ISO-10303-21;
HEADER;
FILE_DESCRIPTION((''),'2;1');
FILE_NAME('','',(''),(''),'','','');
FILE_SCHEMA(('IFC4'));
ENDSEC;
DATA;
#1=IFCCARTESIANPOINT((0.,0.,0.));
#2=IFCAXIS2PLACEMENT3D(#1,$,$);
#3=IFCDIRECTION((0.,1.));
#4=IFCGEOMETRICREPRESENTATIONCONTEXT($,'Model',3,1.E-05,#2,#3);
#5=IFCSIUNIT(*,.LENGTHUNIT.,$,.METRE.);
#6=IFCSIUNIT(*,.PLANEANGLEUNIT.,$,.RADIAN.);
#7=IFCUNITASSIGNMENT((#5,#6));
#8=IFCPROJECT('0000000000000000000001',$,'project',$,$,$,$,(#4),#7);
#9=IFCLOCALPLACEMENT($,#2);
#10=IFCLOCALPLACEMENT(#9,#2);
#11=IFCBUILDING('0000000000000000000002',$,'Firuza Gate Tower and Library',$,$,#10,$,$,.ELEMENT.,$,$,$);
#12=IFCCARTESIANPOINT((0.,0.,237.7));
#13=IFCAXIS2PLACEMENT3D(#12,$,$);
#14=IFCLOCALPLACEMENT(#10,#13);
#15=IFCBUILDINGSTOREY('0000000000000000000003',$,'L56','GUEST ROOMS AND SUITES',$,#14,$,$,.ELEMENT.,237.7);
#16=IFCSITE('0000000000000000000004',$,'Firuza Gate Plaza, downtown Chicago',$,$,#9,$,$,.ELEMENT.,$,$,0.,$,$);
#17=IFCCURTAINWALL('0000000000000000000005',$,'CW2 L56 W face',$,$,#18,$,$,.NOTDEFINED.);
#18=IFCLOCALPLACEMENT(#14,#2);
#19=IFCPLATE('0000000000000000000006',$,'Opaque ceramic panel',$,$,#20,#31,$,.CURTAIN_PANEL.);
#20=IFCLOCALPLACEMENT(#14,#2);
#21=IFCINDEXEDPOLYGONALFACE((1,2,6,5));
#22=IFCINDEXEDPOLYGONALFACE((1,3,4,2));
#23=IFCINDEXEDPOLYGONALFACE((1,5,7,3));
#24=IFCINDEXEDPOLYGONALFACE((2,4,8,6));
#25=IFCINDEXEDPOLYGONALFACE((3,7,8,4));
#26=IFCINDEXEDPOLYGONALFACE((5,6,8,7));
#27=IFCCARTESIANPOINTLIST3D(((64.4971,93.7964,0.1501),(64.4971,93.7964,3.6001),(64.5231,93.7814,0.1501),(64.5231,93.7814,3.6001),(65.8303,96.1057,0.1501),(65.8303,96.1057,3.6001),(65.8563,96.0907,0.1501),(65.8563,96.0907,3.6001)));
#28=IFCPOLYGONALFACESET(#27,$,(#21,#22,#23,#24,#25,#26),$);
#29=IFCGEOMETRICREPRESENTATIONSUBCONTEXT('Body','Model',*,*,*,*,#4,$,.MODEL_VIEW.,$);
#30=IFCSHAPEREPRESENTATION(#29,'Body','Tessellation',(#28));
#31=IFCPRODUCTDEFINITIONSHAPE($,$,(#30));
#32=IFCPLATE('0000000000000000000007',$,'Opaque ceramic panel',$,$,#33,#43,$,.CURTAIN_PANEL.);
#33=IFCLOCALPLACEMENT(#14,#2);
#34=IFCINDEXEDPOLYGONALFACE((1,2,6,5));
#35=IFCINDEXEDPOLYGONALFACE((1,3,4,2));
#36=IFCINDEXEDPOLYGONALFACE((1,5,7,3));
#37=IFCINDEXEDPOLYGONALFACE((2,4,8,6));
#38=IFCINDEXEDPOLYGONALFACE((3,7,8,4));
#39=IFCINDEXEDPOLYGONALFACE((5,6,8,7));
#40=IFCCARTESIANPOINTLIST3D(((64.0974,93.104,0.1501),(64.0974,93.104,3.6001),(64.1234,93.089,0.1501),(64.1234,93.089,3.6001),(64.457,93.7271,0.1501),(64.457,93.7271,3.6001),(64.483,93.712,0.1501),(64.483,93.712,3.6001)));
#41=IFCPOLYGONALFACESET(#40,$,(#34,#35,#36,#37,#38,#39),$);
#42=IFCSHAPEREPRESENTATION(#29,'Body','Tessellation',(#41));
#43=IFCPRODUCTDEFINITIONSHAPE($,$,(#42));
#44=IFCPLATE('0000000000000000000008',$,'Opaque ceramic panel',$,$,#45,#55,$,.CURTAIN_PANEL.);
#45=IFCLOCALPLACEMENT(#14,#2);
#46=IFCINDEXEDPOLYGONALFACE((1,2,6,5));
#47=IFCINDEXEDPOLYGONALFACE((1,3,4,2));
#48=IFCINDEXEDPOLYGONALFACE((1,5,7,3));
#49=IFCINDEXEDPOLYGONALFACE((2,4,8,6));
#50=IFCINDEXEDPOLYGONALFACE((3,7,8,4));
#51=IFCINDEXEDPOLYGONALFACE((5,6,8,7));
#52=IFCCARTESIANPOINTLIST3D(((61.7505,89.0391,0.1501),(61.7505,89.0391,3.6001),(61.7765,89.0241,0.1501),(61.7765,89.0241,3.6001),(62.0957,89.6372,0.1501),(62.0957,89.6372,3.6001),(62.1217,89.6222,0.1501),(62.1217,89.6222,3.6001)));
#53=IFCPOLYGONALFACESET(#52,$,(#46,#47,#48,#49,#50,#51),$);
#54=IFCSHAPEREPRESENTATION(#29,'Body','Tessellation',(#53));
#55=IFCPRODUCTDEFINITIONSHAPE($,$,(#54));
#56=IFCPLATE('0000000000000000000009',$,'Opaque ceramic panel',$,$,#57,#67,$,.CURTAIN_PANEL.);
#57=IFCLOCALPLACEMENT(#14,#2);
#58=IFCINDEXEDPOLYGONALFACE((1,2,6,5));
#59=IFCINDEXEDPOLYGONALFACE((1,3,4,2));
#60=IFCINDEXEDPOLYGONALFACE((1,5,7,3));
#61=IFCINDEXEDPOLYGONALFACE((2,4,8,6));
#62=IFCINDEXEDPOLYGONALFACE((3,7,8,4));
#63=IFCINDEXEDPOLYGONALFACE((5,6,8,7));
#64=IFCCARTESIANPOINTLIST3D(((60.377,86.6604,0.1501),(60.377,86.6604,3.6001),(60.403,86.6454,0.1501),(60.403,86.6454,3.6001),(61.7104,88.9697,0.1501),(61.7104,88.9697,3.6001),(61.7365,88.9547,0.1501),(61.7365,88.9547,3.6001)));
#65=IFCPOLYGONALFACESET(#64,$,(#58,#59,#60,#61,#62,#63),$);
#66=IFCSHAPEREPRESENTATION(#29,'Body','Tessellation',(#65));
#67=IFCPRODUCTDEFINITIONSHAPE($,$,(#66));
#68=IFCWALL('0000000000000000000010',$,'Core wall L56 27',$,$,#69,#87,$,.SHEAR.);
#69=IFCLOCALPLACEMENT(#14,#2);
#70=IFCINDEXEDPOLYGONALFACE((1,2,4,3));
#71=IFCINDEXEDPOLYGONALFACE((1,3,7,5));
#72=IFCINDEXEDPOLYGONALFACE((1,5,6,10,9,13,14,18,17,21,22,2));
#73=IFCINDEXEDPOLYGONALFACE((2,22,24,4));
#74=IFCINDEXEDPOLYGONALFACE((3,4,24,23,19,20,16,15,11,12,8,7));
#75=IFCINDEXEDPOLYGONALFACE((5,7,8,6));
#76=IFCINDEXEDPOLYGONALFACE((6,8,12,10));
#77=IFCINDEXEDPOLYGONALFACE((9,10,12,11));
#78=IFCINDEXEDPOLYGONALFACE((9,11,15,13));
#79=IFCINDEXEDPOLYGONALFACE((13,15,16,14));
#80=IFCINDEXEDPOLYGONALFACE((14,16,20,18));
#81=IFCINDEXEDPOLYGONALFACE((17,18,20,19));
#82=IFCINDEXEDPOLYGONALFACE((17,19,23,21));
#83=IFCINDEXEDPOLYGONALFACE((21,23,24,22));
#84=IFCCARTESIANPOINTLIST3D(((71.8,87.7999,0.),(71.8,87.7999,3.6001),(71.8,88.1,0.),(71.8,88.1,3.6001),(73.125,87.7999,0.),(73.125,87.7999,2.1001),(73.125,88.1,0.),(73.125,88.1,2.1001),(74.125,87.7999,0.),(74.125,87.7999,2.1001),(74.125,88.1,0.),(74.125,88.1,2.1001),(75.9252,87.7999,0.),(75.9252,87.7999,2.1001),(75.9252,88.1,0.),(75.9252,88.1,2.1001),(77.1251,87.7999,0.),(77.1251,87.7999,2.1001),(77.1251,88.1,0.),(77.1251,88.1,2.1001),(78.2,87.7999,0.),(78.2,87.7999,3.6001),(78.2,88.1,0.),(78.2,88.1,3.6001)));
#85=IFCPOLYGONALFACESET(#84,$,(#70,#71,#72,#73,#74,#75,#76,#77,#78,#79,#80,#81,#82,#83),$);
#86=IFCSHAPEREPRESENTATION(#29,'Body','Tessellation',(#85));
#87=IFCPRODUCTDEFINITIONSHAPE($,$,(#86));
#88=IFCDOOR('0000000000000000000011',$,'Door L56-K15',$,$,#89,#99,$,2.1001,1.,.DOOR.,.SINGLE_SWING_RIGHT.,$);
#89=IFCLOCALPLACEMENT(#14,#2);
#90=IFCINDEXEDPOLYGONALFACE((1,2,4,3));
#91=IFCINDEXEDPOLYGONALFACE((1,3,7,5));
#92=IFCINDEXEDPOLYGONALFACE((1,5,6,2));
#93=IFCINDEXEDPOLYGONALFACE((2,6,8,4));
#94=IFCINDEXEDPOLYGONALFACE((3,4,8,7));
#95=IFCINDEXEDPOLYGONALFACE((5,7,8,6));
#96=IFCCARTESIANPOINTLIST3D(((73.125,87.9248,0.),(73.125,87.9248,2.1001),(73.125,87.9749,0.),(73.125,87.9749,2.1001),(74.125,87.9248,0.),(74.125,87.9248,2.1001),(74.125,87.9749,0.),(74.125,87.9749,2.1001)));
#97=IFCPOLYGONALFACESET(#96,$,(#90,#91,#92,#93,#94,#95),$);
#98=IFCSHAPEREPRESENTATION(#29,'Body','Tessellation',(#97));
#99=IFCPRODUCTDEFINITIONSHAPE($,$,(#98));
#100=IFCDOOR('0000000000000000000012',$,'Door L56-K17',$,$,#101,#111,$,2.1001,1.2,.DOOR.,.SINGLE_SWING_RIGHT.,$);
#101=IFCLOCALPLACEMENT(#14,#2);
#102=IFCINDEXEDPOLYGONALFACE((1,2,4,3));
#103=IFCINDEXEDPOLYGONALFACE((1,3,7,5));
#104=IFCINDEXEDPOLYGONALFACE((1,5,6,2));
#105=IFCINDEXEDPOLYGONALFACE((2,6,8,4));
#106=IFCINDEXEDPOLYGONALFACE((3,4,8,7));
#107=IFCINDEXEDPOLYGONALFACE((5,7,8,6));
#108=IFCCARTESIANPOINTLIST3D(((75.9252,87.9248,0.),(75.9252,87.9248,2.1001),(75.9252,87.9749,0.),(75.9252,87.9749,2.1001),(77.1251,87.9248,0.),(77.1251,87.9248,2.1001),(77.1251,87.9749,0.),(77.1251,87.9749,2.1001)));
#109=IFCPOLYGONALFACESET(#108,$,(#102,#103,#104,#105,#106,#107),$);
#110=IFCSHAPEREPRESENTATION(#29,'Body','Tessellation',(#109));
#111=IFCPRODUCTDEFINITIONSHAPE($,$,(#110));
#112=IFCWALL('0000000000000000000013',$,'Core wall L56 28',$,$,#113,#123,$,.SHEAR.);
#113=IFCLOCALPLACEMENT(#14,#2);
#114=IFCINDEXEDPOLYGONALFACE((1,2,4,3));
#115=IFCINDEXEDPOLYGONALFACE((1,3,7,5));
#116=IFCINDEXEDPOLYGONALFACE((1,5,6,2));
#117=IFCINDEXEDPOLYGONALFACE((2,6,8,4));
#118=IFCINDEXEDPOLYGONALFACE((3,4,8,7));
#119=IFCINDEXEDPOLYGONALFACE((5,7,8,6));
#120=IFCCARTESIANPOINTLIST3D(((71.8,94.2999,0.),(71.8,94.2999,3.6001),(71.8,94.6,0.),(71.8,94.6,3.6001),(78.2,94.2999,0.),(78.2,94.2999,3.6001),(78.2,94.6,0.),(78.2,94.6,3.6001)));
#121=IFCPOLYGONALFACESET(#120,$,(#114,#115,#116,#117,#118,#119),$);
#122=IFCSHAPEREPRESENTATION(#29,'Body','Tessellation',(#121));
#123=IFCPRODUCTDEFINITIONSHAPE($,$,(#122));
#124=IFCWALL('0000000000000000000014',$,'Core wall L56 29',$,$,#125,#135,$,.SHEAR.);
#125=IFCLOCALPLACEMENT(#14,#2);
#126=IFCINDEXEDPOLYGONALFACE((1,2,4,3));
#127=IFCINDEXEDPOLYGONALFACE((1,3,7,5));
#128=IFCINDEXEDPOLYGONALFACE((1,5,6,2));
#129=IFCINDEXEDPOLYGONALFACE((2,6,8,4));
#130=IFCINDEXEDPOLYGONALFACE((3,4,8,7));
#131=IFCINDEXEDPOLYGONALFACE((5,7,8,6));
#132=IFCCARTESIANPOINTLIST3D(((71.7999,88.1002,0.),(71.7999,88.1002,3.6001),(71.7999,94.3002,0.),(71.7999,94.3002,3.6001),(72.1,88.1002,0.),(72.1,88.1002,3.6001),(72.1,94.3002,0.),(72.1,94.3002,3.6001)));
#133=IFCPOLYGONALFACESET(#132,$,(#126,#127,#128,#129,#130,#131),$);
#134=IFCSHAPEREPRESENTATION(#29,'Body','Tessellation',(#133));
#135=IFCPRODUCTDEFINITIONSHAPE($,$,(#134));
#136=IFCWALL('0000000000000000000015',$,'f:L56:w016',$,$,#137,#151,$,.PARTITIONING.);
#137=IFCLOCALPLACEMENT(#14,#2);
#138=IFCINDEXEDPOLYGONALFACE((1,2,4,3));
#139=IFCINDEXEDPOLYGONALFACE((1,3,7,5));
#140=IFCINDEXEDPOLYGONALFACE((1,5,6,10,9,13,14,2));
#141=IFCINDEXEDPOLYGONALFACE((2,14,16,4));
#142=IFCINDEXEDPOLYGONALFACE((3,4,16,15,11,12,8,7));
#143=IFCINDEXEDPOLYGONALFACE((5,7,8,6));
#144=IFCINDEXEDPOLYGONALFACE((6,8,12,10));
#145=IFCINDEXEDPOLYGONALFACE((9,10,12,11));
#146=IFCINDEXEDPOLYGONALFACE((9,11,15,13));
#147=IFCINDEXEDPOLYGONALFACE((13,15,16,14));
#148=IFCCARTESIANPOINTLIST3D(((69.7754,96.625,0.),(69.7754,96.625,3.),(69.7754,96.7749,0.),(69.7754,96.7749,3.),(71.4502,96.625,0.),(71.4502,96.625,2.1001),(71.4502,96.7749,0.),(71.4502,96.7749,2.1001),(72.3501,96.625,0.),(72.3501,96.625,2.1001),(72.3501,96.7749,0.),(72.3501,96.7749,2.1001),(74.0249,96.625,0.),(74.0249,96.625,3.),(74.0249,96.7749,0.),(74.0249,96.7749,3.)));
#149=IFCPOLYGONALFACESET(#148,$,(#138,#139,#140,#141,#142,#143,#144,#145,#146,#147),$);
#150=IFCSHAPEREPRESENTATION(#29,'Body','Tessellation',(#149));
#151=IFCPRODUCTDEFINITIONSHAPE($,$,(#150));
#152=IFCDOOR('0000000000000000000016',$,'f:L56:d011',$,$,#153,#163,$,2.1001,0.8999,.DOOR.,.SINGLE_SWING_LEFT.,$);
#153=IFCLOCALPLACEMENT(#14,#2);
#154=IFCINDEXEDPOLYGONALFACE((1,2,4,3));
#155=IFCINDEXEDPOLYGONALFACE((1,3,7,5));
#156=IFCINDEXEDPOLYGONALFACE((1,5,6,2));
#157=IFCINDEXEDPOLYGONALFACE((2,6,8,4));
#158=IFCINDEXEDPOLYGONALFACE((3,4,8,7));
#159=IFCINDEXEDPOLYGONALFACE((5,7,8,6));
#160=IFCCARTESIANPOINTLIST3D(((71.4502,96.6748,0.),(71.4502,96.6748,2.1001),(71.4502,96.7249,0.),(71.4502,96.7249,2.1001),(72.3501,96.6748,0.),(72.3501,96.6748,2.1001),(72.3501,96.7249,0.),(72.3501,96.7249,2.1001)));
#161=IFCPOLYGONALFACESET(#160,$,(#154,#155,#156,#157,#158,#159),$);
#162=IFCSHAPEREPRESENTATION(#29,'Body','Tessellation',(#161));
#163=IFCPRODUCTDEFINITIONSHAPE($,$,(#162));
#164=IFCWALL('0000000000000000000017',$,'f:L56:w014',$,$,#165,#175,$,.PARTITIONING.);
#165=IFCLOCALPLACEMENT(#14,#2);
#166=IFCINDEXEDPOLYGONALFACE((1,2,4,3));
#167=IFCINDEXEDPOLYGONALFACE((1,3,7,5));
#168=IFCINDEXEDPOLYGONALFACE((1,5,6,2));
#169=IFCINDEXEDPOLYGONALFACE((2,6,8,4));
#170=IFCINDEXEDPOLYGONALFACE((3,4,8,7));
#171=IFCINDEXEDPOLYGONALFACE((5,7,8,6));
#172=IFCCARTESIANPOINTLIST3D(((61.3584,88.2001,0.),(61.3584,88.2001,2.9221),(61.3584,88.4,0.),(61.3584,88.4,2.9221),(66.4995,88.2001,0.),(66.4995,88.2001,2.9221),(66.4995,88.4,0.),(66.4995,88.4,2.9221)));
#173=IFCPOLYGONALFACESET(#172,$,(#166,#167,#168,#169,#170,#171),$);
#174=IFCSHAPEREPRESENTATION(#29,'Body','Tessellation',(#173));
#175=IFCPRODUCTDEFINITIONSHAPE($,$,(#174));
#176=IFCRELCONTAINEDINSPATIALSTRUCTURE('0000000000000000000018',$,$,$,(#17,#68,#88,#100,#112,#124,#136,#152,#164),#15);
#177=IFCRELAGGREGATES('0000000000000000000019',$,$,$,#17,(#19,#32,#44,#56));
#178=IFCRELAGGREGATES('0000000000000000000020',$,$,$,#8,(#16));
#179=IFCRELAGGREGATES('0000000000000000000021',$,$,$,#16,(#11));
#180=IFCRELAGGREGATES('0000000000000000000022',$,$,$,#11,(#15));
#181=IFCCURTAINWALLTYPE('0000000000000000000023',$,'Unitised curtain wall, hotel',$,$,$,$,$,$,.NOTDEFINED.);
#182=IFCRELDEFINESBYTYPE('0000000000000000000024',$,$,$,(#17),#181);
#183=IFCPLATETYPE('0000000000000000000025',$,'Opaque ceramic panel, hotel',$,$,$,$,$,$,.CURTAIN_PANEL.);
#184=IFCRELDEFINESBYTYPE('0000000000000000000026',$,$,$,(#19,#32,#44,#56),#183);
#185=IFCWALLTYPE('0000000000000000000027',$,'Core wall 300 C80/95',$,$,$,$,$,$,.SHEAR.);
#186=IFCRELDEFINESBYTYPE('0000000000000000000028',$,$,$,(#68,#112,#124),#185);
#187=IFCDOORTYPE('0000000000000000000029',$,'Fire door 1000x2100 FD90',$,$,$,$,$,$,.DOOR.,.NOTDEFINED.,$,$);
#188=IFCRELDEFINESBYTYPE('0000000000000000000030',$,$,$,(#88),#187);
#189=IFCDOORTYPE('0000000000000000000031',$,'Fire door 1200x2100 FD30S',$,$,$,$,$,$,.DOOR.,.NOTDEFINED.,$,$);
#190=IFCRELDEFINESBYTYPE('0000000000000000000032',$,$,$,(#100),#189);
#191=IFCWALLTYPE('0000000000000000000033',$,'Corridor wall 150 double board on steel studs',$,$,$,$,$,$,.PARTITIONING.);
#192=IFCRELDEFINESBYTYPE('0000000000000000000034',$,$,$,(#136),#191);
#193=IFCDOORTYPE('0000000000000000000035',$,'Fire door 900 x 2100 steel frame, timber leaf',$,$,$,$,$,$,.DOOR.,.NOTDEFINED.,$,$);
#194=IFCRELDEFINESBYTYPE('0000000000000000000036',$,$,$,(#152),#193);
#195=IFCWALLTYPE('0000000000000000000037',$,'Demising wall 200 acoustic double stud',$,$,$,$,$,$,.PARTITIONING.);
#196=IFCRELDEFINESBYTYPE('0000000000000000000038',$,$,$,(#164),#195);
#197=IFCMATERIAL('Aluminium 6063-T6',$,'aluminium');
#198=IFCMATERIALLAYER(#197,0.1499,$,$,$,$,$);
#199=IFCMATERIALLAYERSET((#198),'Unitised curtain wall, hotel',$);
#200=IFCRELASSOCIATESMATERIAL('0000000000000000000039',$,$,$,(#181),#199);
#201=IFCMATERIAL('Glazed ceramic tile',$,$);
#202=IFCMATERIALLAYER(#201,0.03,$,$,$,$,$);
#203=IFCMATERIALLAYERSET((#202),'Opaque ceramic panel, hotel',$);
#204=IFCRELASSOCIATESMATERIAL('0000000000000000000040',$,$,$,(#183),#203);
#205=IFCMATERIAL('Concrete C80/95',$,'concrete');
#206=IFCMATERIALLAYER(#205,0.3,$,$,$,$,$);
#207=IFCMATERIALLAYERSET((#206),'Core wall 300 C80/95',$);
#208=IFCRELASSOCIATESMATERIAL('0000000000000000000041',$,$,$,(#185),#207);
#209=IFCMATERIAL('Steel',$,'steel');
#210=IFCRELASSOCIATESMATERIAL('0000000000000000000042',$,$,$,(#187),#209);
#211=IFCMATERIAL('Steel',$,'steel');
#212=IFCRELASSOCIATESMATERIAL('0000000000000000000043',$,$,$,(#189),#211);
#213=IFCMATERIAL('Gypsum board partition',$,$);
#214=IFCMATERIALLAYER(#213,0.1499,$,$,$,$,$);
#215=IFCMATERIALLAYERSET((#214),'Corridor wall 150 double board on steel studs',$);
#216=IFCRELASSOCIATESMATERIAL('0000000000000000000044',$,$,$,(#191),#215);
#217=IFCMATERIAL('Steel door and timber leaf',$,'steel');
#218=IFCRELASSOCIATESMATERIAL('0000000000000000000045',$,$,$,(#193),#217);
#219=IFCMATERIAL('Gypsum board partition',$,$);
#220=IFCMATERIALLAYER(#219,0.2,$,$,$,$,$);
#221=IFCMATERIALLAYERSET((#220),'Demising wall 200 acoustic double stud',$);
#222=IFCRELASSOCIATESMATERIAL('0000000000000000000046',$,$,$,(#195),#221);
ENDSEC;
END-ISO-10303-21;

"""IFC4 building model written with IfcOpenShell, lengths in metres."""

from ifc_helpers import new_model, si_unit, direction, frame, frame_2d, origin, place, context, subcontext, project, spatial, polyline, rectangle, outline, extrude, material, layer, layer_set, type_object, element, fill, aggregate, save


model = new_model("IFC4")

# Units and contexts
model_context = context("Model", 3, precision=1e-05, world=origin(), true_north=direction((0.0, 1.0)))
body_context = subcontext(model_context, "Body", "Model", "MODEL_VIEW")
ifc_project = project(units=[si_unit("LENGTHUNIT", "METRE"), si_unit("PLANEANGLEUNIT", "RADIAN")], contexts=[model_context])

# Site, building, storey
site_placement = place(None, origin())
site = spatial("IfcSite", under=ifc_project, at=site_placement, Name="Firuza Gate Plaza, downtown Chicago", CompositionType="ELEMENT", RefElevation=0.0)
building_placement = place(site_placement, origin())
building = spatial("IfcBuilding", under=site, at=building_placement, Name="Firuza Gate Tower and Library", CompositionType="ELEMENT")
storey_placement = place(building_placement, frame((0.0, 0.0, 237.7)))
storey = spatial("IfcBuildingStorey", under=building, at=storey_placement, Name="L56", Description="GUEST ROOMS AND SUITES", CompositionType="ELEMENT", Elevation=237.7)

# Curtain wall
ifc_material_1 = material(Name="Aluminium 6063-T6", Category="aluminium")
ifc_layer_1 = layer(ifc_material_1, 0.1499)
ifc_layer_set_1 = layer_set([ifc_layer_1], Name="Unitised curtain wall, hotel")
curtain_wall_type = type_object("IfcCurtainWallType", Name="Unitised curtain wall, hotel", PredefinedType="NOTDEFINED", material=ifc_layer_set_1)
placement = place(storey_placement, origin())
curtain_wall = element("IfcCurtainWall", 1, at=placement, inside=storey, type_object=curtain_wall_type, Name="CW2 L56 W face", PredefinedType="NOTDEFINED")

# Plates
ifc_material_2 = material(Name="Glazed ceramic tile")
ifc_layer_2 = layer(ifc_material_2, 0.03)
ifc_layer_set_2 = layer_set([ifc_layer_2], Name="Opaque ceramic panel, hotel")
plate_type_1 = type_object("IfcPlateType", Name="Opaque ceramic panel, hotel", PredefinedType="CURTAIN_PANEL", material=ifc_layer_set_2)
plate_1_placement = place(storey_placement, frame((65.8303, 96.1057, 0.1501), z_axis=(-0.866032, 0.499989, 0.0), x_axis=(-0.499989, -0.866032, 0.0)))
plate_1 = element("IfcPlate", 2, at=plate_1_placement, type_object=plate_type_1, Name="Opaque ceramic panel", PredefinedType="CURTAIN_PANEL", context=body_context, shape_type="SweptSolid", body=[
    extrude(outline(polyline([(0.0, 0.0), (2.6666, 0.0), (2.6666, 3.45), (0.0, 3.45), (0.0, 0.0)])), origin(), (0.0, 0.0, -1.0), 0.03),
])
plate_2_placement = place(storey_placement, frame((64.457, 93.7271, 0.1501), z_axis=(-0.866084, 0.499899, 0.0), x_axis=(-0.499899, -0.866084, 0.0)))
plate_2 = element("IfcPlate", 3, at=plate_2_placement, type_object=plate_type_1, Name="Opaque ceramic panel", PredefinedType="CURTAIN_PANEL", context=body_context, shape_type="SweptSolid", body=[
    extrude(outline(polyline([(0.0, 0.0), (0.7194, 0.0), (0.7194, 3.45), (0.0, 3.45), (0.0, 0.0)])), origin(), (0.0, 0.0, -1.0), 0.03),
])
plate_3_placement = place(storey_placement, frame((62.0957, 89.6372, 0.1501), z_axis=(-0.866103, 0.499865, 0.0), x_axis=(-0.499865, -0.866103, 0.0)))
plate_3 = element("IfcPlate", 4, at=plate_3_placement, type_object=plate_type_1, Name="Opaque ceramic panel", PredefinedType="CURTAIN_PANEL", context=body_context, shape_type="SweptSolid", body=[
    extrude(outline(polyline([(0.0, 0.0), (0.6906, 0.0), (0.6906, 3.45), (0.0, 3.45), (0.0, 0.0)])), origin(), (0.0, 0.0, -1.0), 0.03),
])
plate_4_placement = place(storey_placement, frame((61.7104, 88.9697, 0.1501), z_axis=(-0.865992, 0.500058, 0.0), x_axis=(-0.500058, -0.865992, 0.0)))
plate_4 = element("IfcPlate", 5, at=plate_4_placement, type_object=plate_type_1, Name="Opaque ceramic panel", PredefinedType="CURTAIN_PANEL", context=body_context, shape_type="SweptSolid", body=[
    extrude(outline(polyline([(0.0, 0.0), (2.6667, 0.0), (2.6667, 3.45), (0.0, 3.45), (0.0, 0.0)])), origin(), (0.0, 0.0, -1.0), 0.03),
])
aggregate(curtain_wall, [plate_1, plate_2, plate_3, plate_4])

# Wall, openings, doors
ifc_material_3 = material(Name="Concrete C80/95", Category="concrete")
ifc_layer_3 = layer(ifc_material_3, 0.3)
ifc_layer_set_3 = layer_set([ifc_layer_3], Name="Core wall 300 C80/95")
wall_type_1 = type_object("IfcWallType", Name="Core wall 300 C80/95", PredefinedType="SHEAR", material=ifc_layer_set_3)
wall_1_placement = place(storey_placement, frame((71.8, 87.95, 0.0), z_axis=(0.0, 0.0, 1.0), x_axis=(1.0, 0.0, 0.0)))
wall_1 = element("IfcWall", 6, at=wall_1_placement, inside=storey, type_object=wall_type_1, Name="Core wall L56 27", PredefinedType="SHEAR", context=body_context, shape_type="SweptSolid", body=[
    extrude(rectangle(XDim=6.3999, YDim=0.3, at=frame_2d((3.2, 0.0))), origin(), (0.0, 0.0, 1.0), 3.6001),
])
opening_1_placement = place(wall_1_placement, frame((1.325, 0.0, 0.0)))
opening_1 = element("IfcOpeningElement", 7, at=opening_1_placement, cuts=wall_1, PredefinedType="OPENING", context=body_context, shape_type="SweptSolid", body=[
    extrude(rectangle(XDim=1.0, YDim=2.1001, at=frame_2d((0.5, 1.05))), frame((0.0, 0.1602, 0.0), z_axis=(0.0, -1.0, 0.0), x_axis=(1.0, 0.0, 0.0)), (0.0, 0.0, 1.0), 0.3201),
])
opening_2_placement = place(wall_1_placement, frame((4.125, 0.0, 0.0)))
opening_2 = element("IfcOpeningElement", 8, at=opening_2_placement, cuts=wall_1, PredefinedType="OPENING", context=body_context, shape_type="SweptSolid", body=[
    extrude(rectangle(XDim=1.2, YDim=2.1001, at=frame_2d((0.6001, 1.05))), frame((0.0, 0.1602, 0.0), z_axis=(0.0, -1.0, 0.0), x_axis=(1.0, 0.0, 0.0)), (0.0, 0.0, 1.0), 0.3201),
])
ifc_material_4 = material(Name="Steel", Category="steel")
door_type_1 = type_object("IfcDoorType", Name="Fire door 1000x2100 FD90", OperationType="NOTDEFINED", PredefinedType="DOOR", material=ifc_material_4)
door_1_placement = place(opening_1_placement, origin())
door_1 = element("IfcDoor", 9, at=door_1_placement, inside=storey, type_object=door_type_1, Name="Door L56-K15", OperationType="SINGLE_SWING_RIGHT", OverallHeight=2.1001, OverallWidth=1.0, PredefinedType="DOOR", context=body_context, shape_type="SweptSolid", body=[
    extrude(rectangle(XDim=1.0, YDim=2.1001, at=frame_2d((0.5, 1.05))), frame((0.0, 0.0249, 0.0), z_axis=(0.0, -1.0, 0.0), x_axis=(1.0, 0.0, 0.0)), (0.0, 0.0, 1.0), 0.05),
])
fill(opening_1, door_1)
ifc_material_5 = material(Name="Steel", Category="steel")
door_type_2 = type_object("IfcDoorType", Name="Fire door 1200x2100 FD30S", OperationType="NOTDEFINED", PredefinedType="DOOR", material=ifc_material_5)
door_2_placement = place(opening_2_placement, origin())
door_2 = element("IfcDoor", 10, at=door_2_placement, inside=storey, type_object=door_type_2, Name="Door L56-K17", OperationType="SINGLE_SWING_RIGHT", OverallHeight=2.1001, OverallWidth=1.2, PredefinedType="DOOR", context=body_context, shape_type="SweptSolid", body=[
    extrude(rectangle(XDim=1.2, YDim=2.1001, at=frame_2d((0.6001, 1.05))), frame((0.0, 0.0249, 0.0), z_axis=(0.0, -1.0, 0.0), x_axis=(1.0, 0.0, 0.0)), (0.0, 0.0, 1.0), 0.05),
])
fill(opening_2, door_2)

# Walls
wall_2_placement = place(storey_placement, frame((71.8, 94.45, 0.0), z_axis=(0.0, 0.0, 1.0), x_axis=(1.0, 0.0, 0.0)))
element("IfcWall", 11, at=wall_2_placement, inside=storey, type_object=wall_type_1, Name="Core wall L56 28", PredefinedType="SHEAR", context=body_context, shape_type="SweptSolid", body=[
    extrude(rectangle(XDim=6.3999, YDim=0.3, at=frame_2d((3.2, 0.0))), origin(), (0.0, 0.0, 1.0), 3.6001),
])
wall_3_placement = place(storey_placement, frame((71.95, 88.1001, 0.0), z_axis=(0.0, 0.0, 1.0), x_axis=(0.0, 1.0, 0.0)))
element("IfcWall", 12, at=wall_3_placement, inside=storey, type_object=wall_type_1, Name="Core wall L56 29", PredefinedType="SHEAR", context=body_context, shape_type="SweptSolid", body=[
    extrude(rectangle(XDim=6.2, YDim=0.3, at=frame_2d((3.1001, 0.0))), origin(), (0.0, 0.0, 1.0), 3.6001),
])

# Wall, opening, door
ifc_material_6 = material(Name="Gypsum board partition")
ifc_layer_4 = layer(ifc_material_6, 0.1499)
ifc_layer_set_4 = layer_set([ifc_layer_4], Name="Corridor wall 150 double board on steel studs")
wall_type_2 = type_object("IfcWallType", Name="Corridor wall 150 double board on steel studs", PredefinedType="PARTITIONING", material=ifc_layer_set_4)
wall_4_placement = place(storey_placement, frame((69.7754, 96.7, 0.0), z_axis=(0.0, 0.0, 1.0), x_axis=(1.0, 0.0, 0.0)))
wall_4 = element("IfcWall", 13, at=wall_4_placement, inside=storey, type_object=wall_type_2, Name="f:L56:w016", PredefinedType="PARTITIONING", context=body_context, shape_type="SweptSolid", body=[
    extrude(rectangle(XDim=4.2495, YDim=0.1499, at=frame_2d((2.1248, 0.0))), origin(), (0.0, 0.0, 1.0), 3.0),
])
opening_3_placement = place(wall_4_placement, frame((1.6748, 0.0, 0.0)))
opening_3 = element("IfcOpeningElement", 14, at=opening_3_placement, cuts=wall_4, PredefinedType="OPENING", context=body_context, shape_type="SweptSolid", body=[
    extrude(rectangle(XDim=0.8999, YDim=2.1001, at=frame_2d((0.45, 1.05))), frame((0.0, 0.085, 0.0), z_axis=(0.0, -1.0, 0.0), x_axis=(1.0, 0.0, 0.0)), (0.0, 0.0, 1.0), 0.1699),
])
ifc_material_7 = material(Name="Steel door and timber leaf", Category="steel")
door_type_3 = type_object("IfcDoorType", Name="Fire door 900 x 2100 steel frame, timber leaf", OperationType="NOTDEFINED", PredefinedType="DOOR", material=ifc_material_7)
door_3_placement = place(opening_3_placement, origin())
door_3 = element("IfcDoor", 15, at=door_3_placement, inside=storey, type_object=door_type_3, Name="f:L56:d011", OperationType="SINGLE_SWING_LEFT", OverallHeight=2.1001, OverallWidth=0.8999, PredefinedType="DOOR", context=body_context, shape_type="SweptSolid", body=[
    extrude(rectangle(XDim=0.8999, YDim=2.1001, at=frame_2d((0.45, 1.05))), frame((0.0, 0.0249, 0.0), z_axis=(0.0, -1.0, 0.0), x_axis=(1.0, 0.0, 0.0)), (0.0, 0.0, 1.0), 0.05),
])
fill(opening_3, door_3)

# Wall
ifc_material_8 = material(Name="Gypsum board partition")
ifc_layer_5 = layer(ifc_material_8, 0.2)
ifc_layer_set_5 = layer_set([ifc_layer_5], Name="Demising wall 200 acoustic double stud")
wall_type_3 = type_object("IfcWallType", Name="Demising wall 200 acoustic double stud", PredefinedType="PARTITIONING", material=ifc_layer_set_5)
wall_5_placement = place(storey_placement, frame((61.3584, 88.3, 0.0), z_axis=(0.0, 0.0, 1.0), x_axis=(1.0, 0.0, 0.0)))
element("IfcWall", 16, at=wall_5_placement, inside=storey, type_object=wall_type_3, Name="f:L56:w014", PredefinedType="PARTITIONING", context=body_context, shape_type="SweptSolid", body=[
    extrude(rectangle(XDim=5.1411, YDim=0.2, at=frame_2d((2.5706, 0.0))), origin(), (0.0, 0.0, 1.0), 2.9221),
])

save(model, "model.ifc")
